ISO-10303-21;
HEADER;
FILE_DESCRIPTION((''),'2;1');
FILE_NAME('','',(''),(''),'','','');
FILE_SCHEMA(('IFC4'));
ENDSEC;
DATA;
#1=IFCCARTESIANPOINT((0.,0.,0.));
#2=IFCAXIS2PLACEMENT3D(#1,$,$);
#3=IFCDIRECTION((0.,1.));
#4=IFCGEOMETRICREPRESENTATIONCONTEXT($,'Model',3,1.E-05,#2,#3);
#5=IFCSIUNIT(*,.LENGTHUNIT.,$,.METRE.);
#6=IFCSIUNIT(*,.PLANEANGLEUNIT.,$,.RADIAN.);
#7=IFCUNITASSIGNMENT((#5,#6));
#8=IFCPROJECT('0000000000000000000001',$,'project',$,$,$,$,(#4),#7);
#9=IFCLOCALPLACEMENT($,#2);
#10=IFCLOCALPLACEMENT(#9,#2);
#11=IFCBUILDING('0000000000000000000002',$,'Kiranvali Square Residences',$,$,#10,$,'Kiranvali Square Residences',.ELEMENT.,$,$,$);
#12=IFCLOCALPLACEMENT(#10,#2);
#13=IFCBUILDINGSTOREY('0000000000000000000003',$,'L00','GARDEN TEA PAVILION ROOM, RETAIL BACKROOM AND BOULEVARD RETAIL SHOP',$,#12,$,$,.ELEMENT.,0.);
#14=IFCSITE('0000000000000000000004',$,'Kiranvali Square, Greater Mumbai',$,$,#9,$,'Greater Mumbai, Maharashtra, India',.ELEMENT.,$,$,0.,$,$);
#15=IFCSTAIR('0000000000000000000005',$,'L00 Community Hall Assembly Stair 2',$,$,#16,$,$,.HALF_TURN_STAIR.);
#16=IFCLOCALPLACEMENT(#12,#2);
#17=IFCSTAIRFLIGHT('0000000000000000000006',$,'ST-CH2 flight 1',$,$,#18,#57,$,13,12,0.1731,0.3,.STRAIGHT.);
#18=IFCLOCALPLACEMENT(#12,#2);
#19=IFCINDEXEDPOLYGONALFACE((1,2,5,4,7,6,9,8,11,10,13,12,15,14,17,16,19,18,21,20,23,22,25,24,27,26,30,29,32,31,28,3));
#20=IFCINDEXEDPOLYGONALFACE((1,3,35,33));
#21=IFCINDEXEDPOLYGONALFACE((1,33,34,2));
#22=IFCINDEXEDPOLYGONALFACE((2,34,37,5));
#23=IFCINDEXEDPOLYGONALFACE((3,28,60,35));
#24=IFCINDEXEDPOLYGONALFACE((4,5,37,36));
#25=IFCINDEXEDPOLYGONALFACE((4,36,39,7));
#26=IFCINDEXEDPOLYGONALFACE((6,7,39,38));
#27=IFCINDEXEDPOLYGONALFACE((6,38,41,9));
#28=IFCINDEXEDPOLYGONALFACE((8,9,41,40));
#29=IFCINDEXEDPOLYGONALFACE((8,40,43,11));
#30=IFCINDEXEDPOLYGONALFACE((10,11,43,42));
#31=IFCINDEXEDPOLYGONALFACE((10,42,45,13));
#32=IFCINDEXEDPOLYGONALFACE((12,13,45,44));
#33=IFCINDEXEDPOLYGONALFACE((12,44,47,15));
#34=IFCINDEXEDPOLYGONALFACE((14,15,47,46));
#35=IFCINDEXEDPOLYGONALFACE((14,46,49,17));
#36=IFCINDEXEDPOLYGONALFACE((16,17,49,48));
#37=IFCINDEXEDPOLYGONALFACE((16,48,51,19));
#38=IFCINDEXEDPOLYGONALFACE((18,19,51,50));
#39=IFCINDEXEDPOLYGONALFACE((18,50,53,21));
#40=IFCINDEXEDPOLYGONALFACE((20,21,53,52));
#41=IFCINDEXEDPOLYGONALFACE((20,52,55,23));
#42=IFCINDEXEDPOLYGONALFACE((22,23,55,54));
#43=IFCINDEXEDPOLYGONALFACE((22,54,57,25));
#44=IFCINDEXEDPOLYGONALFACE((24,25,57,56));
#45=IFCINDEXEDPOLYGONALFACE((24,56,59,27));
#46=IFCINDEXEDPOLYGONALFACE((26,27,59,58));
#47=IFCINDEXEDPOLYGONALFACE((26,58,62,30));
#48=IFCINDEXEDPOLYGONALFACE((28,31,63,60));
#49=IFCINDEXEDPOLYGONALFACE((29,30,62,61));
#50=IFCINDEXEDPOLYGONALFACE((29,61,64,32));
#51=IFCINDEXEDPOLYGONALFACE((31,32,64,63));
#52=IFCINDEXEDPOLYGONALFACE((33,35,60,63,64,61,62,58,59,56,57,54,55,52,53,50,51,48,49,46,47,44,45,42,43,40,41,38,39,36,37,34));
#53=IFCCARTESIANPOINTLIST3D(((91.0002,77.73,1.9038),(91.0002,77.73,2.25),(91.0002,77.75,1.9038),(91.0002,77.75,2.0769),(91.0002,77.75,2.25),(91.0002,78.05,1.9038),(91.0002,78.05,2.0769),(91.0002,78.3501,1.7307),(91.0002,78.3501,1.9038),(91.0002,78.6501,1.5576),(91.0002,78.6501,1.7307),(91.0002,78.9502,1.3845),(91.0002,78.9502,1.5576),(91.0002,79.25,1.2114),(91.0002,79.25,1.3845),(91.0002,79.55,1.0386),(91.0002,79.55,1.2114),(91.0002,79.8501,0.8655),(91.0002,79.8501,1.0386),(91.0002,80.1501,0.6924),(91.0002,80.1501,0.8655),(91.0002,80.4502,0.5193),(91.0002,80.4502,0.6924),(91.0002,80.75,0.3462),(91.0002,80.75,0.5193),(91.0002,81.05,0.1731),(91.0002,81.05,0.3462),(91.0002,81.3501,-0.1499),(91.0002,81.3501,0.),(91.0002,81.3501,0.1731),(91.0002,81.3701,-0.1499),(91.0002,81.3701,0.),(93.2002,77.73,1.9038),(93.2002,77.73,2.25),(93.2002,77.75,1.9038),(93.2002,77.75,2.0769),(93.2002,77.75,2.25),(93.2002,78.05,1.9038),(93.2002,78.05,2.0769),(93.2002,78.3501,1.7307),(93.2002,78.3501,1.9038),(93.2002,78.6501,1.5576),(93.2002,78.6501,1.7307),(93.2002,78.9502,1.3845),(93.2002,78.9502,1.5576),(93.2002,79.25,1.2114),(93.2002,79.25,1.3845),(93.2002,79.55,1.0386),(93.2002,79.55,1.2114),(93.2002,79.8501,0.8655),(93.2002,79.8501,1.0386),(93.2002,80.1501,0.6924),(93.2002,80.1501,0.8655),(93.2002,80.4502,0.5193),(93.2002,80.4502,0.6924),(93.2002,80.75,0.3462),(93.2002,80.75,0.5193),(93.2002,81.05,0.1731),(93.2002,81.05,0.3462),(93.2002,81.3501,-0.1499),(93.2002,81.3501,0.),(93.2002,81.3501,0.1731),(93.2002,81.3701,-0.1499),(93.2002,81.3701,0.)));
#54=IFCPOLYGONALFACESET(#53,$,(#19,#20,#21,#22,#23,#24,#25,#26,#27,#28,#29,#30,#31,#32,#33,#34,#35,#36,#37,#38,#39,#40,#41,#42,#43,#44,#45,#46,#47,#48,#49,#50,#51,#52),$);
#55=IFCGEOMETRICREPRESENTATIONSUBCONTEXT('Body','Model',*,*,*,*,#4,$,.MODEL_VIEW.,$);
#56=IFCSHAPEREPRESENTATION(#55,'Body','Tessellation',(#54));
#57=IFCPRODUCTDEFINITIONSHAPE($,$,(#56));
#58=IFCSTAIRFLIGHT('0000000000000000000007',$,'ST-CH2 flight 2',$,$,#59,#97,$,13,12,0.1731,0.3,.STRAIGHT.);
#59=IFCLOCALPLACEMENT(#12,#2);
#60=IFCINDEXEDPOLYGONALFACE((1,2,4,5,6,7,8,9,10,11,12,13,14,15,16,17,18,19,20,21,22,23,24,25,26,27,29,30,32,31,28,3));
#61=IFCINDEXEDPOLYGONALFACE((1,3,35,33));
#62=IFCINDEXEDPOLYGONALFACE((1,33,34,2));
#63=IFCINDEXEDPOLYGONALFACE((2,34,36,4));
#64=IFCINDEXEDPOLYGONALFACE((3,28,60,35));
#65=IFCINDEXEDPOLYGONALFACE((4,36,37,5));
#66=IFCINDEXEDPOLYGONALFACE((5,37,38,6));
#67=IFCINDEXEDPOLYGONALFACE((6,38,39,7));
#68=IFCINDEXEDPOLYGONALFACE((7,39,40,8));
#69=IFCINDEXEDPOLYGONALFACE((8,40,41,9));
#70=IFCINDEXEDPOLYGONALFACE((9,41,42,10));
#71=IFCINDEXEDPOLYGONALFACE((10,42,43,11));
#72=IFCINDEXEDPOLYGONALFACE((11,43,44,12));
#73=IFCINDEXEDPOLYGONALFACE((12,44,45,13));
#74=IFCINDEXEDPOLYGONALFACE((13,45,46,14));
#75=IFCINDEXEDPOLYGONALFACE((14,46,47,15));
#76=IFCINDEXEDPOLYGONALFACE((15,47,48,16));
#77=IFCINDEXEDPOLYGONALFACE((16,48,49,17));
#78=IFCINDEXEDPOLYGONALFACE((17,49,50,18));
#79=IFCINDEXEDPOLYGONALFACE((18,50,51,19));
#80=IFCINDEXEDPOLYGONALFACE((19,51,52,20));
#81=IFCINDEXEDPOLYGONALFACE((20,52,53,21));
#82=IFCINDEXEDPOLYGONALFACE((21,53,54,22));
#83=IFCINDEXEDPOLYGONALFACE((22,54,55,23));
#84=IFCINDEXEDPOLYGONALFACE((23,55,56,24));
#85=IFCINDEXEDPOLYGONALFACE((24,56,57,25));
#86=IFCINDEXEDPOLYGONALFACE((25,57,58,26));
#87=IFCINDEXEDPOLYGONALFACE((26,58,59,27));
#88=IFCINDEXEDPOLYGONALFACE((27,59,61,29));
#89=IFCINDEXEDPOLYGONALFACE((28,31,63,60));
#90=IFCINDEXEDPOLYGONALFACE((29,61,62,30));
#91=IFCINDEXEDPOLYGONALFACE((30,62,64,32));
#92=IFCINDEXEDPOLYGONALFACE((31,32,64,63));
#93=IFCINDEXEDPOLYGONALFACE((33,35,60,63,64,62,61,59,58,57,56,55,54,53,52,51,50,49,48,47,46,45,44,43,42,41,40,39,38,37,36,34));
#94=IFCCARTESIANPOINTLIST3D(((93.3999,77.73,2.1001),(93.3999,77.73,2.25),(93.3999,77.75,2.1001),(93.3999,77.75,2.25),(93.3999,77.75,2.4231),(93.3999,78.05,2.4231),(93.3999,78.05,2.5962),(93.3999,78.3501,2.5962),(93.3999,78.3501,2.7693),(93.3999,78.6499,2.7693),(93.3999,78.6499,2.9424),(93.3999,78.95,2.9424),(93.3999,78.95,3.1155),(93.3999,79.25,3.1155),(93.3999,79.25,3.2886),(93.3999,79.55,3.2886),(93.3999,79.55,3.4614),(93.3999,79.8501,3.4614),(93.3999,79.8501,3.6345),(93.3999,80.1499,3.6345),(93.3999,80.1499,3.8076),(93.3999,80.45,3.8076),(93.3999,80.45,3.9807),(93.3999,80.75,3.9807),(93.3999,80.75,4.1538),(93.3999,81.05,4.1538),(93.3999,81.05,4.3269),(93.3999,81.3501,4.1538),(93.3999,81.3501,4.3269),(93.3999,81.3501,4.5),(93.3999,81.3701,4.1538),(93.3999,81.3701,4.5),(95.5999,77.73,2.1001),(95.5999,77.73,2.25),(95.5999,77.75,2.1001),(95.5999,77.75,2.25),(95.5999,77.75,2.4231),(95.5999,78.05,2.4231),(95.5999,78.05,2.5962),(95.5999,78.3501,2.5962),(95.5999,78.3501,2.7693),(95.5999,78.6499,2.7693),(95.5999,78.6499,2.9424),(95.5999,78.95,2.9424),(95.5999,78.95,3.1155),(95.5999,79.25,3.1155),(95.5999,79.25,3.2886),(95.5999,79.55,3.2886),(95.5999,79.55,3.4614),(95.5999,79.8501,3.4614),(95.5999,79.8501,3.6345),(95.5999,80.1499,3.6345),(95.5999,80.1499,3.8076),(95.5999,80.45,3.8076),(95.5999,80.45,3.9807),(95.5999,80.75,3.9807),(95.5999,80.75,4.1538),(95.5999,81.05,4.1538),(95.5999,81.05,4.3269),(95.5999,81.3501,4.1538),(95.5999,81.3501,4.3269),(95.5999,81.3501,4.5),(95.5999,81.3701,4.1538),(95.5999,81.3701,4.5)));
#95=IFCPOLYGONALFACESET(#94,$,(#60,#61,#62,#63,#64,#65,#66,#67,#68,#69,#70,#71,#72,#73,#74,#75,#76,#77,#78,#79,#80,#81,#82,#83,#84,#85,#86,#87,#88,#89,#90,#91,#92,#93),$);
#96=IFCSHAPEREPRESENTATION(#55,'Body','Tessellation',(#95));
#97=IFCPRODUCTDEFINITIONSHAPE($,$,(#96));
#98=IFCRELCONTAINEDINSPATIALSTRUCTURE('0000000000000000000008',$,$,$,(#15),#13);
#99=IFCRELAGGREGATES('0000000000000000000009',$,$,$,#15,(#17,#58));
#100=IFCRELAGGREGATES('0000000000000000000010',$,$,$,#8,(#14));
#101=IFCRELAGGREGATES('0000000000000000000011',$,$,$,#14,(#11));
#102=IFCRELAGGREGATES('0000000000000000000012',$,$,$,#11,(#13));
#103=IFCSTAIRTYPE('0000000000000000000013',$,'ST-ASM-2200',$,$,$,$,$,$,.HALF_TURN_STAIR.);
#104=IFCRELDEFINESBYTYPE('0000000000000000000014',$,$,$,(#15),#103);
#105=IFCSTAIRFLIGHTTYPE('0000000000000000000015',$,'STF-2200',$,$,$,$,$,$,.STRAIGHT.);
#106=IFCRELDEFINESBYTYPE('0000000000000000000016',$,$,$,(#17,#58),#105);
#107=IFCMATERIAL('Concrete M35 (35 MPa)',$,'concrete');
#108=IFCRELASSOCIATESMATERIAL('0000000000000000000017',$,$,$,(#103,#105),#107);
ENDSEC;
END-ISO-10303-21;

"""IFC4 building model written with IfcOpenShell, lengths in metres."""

from ifc_helpers import new_model, si_unit, direction, frame, origin, place, context, subcontext, project, spatial, polyline, outline, extrude, material, type_object, element, aggregate, save


model = new_model("IFC4")

# Units and contexts
model_context = context("Model", 3, precision=1e-05, world=origin(), true_north=direction((0.0, 1.0)))
body_context = subcontext(model_context, "Body", "Model", "MODEL_VIEW")
ifc_project = project(units=[si_unit("LENGTHUNIT", "METRE"), si_unit("PLANEANGLEUNIT", "RADIAN")], contexts=[model_context])

# Site, building, storey
site_placement = place(None, origin())
site = spatial("IfcSite", under=ifc_project, at=site_placement, Name="Kiranvali Square, Greater Mumbai", LongName="Greater Mumbai, Maharashtra, India", CompositionType="ELEMENT", RefElevation=0.0)
building_placement = place(site_placement, origin())
building = spatial("IfcBuilding", under=site, at=building_placement, Name="Kiranvali Square Residences", LongName="Kiranvali Square Residences", CompositionType="ELEMENT")
storey_placement = place(building_placement, origin())
storey = spatial("IfcBuildingStorey", under=building, at=storey_placement, Name="L00", Description="GARDEN TEA PAVILION ROOM, RETAIL BACKROOM AND BOULEVARD RETAIL SHOP", CompositionType="ELEMENT", Elevation=0.0)

# Stair, stair flights
ifc_material_1 = material(Name="Concrete M35 (35 MPa)", Category="concrete")
stair_type = type_object("IfcStairType", Name="ST-ASM-2200", PredefinedType="HALF_TURN_STAIR", material=ifc_material_1)
stair_placement = place(storey_placement, origin())
stair = element("IfcStair", 1, at=stair_placement, inside=storey, type_object=stair_type, Name="L00 Community Hall Assembly Stair 2", PredefinedType="HALF_TURN_STAIR")
stair_flight_type = type_object("IfcStairFlightType", Name="STF-2200", PredefinedType="STRAIGHT", material=ifc_material_1)
stair_flight_1_placement = place(storey_placement, frame((92.1001, 81.3501, 0.0), z_axis=(0.0, 0.0, 1.0), x_axis=(0.0, -1.0, 0.0)))
stair_flight_1 = element("IfcStairFlight", 2, at=stair_flight_1_placement, type_object=stair_flight_type, Name="ST-CH2 flight 1", NumberOfRisers=13, NumberOfTreads=12, PredefinedType="STRAIGHT", RiserHeight=0.1731, TreadLength=0.3, context=body_context, shape_type="SweptSolid", body=[
    extrude(outline(polyline([(-0.02, -0.1499), (-0.02, 0.0), (0.0, 0.0), (0.0, 0.1731), (0.3, 0.1731), (0.3, 0.3462), (0.6001, 0.3462), (0.6001, 0.5193), (0.8999, 0.5193), (0.8999, 0.6924), (1.2, 0.6924), (1.2, 0.8655), (1.5, 0.8655), (1.5, 1.0386), (1.8, 1.0386), (1.8, 1.2114), (2.1001, 1.2114), (2.1001, 1.3845), (2.3999, 1.3845), (2.3999, 1.5576), (2.7, 1.5576), (2.7, 1.7307), (3.0, 1.7307), (3.0, 1.9038), (3.3, 1.9038), (3.3, 2.0769), (3.6001, 2.0769), (3.6001, 2.25), (3.6201, 2.25), (3.6201, 1.9038), (3.6001, 1.9038), (0.0, -0.1499), (-0.02, -0.1499)])), frame((0.0, 1.1001, 0.0), z_axis=(0.0, -1.0, 0.0), x_axis=(1.0, 0.0, 0.0)), (0.0, 0.0, 1.0), 2.2),
])
stair_flight_2_placement = place(storey_placement, frame((94.5, 77.75, 2.25), z_axis=(0.0, 0.0, 1.0), x_axis=(0.0, 1.0, 0.0)))
stair_flight_2 = element("IfcStairFlight", 3, at=stair_flight_2_placement, type_object=stair_flight_type, Name="ST-CH2 flight 2", NumberOfRisers=13, NumberOfTreads=12, PredefinedType="STRAIGHT", RiserHeight=0.1731, TreadLength=0.3, context=body_context, shape_type="SweptSolid", body=[
    extrude(outline(polyline([(-0.02, -0.1499), (-0.02, 0.0), (0.0, 0.0), (0.0, 0.1731), (0.3, 0.1731), (0.3, 0.3462), (0.6001, 0.3462), (0.6001, 0.5193), (0.8999, 0.5193), (0.8999, 0.6924), (1.2, 0.6924), (1.2, 0.8655), (1.5, 0.8655), (1.5, 1.0386), (1.8, 1.0386), (1.8, 1.2114), (2.1001, 1.2114), (2.1001, 1.3845), (2.3999, 1.3845), (2.3999, 1.5576), (2.7, 1.5576), (2.7, 1.7307), (3.0, 1.7307), (3.0, 1.9038), (3.3, 1.9038), (3.3, 2.0769), (3.6001, 2.0769), (3.6001, 2.25), (3.6201, 2.25), (3.6201, 1.9038), (3.6001, 1.9038), (0.0, -0.1499), (-0.02, -0.1499)])), frame((0.0, 1.1001, 0.0), z_axis=(0.0, -1.0, 0.0), x_axis=(1.0, 0.0, 0.0)), (0.0, 0.0, 1.0), 2.2),
])
aggregate(stair, [stair_flight_1, stair_flight_2])

save(model, "model.ifc")
